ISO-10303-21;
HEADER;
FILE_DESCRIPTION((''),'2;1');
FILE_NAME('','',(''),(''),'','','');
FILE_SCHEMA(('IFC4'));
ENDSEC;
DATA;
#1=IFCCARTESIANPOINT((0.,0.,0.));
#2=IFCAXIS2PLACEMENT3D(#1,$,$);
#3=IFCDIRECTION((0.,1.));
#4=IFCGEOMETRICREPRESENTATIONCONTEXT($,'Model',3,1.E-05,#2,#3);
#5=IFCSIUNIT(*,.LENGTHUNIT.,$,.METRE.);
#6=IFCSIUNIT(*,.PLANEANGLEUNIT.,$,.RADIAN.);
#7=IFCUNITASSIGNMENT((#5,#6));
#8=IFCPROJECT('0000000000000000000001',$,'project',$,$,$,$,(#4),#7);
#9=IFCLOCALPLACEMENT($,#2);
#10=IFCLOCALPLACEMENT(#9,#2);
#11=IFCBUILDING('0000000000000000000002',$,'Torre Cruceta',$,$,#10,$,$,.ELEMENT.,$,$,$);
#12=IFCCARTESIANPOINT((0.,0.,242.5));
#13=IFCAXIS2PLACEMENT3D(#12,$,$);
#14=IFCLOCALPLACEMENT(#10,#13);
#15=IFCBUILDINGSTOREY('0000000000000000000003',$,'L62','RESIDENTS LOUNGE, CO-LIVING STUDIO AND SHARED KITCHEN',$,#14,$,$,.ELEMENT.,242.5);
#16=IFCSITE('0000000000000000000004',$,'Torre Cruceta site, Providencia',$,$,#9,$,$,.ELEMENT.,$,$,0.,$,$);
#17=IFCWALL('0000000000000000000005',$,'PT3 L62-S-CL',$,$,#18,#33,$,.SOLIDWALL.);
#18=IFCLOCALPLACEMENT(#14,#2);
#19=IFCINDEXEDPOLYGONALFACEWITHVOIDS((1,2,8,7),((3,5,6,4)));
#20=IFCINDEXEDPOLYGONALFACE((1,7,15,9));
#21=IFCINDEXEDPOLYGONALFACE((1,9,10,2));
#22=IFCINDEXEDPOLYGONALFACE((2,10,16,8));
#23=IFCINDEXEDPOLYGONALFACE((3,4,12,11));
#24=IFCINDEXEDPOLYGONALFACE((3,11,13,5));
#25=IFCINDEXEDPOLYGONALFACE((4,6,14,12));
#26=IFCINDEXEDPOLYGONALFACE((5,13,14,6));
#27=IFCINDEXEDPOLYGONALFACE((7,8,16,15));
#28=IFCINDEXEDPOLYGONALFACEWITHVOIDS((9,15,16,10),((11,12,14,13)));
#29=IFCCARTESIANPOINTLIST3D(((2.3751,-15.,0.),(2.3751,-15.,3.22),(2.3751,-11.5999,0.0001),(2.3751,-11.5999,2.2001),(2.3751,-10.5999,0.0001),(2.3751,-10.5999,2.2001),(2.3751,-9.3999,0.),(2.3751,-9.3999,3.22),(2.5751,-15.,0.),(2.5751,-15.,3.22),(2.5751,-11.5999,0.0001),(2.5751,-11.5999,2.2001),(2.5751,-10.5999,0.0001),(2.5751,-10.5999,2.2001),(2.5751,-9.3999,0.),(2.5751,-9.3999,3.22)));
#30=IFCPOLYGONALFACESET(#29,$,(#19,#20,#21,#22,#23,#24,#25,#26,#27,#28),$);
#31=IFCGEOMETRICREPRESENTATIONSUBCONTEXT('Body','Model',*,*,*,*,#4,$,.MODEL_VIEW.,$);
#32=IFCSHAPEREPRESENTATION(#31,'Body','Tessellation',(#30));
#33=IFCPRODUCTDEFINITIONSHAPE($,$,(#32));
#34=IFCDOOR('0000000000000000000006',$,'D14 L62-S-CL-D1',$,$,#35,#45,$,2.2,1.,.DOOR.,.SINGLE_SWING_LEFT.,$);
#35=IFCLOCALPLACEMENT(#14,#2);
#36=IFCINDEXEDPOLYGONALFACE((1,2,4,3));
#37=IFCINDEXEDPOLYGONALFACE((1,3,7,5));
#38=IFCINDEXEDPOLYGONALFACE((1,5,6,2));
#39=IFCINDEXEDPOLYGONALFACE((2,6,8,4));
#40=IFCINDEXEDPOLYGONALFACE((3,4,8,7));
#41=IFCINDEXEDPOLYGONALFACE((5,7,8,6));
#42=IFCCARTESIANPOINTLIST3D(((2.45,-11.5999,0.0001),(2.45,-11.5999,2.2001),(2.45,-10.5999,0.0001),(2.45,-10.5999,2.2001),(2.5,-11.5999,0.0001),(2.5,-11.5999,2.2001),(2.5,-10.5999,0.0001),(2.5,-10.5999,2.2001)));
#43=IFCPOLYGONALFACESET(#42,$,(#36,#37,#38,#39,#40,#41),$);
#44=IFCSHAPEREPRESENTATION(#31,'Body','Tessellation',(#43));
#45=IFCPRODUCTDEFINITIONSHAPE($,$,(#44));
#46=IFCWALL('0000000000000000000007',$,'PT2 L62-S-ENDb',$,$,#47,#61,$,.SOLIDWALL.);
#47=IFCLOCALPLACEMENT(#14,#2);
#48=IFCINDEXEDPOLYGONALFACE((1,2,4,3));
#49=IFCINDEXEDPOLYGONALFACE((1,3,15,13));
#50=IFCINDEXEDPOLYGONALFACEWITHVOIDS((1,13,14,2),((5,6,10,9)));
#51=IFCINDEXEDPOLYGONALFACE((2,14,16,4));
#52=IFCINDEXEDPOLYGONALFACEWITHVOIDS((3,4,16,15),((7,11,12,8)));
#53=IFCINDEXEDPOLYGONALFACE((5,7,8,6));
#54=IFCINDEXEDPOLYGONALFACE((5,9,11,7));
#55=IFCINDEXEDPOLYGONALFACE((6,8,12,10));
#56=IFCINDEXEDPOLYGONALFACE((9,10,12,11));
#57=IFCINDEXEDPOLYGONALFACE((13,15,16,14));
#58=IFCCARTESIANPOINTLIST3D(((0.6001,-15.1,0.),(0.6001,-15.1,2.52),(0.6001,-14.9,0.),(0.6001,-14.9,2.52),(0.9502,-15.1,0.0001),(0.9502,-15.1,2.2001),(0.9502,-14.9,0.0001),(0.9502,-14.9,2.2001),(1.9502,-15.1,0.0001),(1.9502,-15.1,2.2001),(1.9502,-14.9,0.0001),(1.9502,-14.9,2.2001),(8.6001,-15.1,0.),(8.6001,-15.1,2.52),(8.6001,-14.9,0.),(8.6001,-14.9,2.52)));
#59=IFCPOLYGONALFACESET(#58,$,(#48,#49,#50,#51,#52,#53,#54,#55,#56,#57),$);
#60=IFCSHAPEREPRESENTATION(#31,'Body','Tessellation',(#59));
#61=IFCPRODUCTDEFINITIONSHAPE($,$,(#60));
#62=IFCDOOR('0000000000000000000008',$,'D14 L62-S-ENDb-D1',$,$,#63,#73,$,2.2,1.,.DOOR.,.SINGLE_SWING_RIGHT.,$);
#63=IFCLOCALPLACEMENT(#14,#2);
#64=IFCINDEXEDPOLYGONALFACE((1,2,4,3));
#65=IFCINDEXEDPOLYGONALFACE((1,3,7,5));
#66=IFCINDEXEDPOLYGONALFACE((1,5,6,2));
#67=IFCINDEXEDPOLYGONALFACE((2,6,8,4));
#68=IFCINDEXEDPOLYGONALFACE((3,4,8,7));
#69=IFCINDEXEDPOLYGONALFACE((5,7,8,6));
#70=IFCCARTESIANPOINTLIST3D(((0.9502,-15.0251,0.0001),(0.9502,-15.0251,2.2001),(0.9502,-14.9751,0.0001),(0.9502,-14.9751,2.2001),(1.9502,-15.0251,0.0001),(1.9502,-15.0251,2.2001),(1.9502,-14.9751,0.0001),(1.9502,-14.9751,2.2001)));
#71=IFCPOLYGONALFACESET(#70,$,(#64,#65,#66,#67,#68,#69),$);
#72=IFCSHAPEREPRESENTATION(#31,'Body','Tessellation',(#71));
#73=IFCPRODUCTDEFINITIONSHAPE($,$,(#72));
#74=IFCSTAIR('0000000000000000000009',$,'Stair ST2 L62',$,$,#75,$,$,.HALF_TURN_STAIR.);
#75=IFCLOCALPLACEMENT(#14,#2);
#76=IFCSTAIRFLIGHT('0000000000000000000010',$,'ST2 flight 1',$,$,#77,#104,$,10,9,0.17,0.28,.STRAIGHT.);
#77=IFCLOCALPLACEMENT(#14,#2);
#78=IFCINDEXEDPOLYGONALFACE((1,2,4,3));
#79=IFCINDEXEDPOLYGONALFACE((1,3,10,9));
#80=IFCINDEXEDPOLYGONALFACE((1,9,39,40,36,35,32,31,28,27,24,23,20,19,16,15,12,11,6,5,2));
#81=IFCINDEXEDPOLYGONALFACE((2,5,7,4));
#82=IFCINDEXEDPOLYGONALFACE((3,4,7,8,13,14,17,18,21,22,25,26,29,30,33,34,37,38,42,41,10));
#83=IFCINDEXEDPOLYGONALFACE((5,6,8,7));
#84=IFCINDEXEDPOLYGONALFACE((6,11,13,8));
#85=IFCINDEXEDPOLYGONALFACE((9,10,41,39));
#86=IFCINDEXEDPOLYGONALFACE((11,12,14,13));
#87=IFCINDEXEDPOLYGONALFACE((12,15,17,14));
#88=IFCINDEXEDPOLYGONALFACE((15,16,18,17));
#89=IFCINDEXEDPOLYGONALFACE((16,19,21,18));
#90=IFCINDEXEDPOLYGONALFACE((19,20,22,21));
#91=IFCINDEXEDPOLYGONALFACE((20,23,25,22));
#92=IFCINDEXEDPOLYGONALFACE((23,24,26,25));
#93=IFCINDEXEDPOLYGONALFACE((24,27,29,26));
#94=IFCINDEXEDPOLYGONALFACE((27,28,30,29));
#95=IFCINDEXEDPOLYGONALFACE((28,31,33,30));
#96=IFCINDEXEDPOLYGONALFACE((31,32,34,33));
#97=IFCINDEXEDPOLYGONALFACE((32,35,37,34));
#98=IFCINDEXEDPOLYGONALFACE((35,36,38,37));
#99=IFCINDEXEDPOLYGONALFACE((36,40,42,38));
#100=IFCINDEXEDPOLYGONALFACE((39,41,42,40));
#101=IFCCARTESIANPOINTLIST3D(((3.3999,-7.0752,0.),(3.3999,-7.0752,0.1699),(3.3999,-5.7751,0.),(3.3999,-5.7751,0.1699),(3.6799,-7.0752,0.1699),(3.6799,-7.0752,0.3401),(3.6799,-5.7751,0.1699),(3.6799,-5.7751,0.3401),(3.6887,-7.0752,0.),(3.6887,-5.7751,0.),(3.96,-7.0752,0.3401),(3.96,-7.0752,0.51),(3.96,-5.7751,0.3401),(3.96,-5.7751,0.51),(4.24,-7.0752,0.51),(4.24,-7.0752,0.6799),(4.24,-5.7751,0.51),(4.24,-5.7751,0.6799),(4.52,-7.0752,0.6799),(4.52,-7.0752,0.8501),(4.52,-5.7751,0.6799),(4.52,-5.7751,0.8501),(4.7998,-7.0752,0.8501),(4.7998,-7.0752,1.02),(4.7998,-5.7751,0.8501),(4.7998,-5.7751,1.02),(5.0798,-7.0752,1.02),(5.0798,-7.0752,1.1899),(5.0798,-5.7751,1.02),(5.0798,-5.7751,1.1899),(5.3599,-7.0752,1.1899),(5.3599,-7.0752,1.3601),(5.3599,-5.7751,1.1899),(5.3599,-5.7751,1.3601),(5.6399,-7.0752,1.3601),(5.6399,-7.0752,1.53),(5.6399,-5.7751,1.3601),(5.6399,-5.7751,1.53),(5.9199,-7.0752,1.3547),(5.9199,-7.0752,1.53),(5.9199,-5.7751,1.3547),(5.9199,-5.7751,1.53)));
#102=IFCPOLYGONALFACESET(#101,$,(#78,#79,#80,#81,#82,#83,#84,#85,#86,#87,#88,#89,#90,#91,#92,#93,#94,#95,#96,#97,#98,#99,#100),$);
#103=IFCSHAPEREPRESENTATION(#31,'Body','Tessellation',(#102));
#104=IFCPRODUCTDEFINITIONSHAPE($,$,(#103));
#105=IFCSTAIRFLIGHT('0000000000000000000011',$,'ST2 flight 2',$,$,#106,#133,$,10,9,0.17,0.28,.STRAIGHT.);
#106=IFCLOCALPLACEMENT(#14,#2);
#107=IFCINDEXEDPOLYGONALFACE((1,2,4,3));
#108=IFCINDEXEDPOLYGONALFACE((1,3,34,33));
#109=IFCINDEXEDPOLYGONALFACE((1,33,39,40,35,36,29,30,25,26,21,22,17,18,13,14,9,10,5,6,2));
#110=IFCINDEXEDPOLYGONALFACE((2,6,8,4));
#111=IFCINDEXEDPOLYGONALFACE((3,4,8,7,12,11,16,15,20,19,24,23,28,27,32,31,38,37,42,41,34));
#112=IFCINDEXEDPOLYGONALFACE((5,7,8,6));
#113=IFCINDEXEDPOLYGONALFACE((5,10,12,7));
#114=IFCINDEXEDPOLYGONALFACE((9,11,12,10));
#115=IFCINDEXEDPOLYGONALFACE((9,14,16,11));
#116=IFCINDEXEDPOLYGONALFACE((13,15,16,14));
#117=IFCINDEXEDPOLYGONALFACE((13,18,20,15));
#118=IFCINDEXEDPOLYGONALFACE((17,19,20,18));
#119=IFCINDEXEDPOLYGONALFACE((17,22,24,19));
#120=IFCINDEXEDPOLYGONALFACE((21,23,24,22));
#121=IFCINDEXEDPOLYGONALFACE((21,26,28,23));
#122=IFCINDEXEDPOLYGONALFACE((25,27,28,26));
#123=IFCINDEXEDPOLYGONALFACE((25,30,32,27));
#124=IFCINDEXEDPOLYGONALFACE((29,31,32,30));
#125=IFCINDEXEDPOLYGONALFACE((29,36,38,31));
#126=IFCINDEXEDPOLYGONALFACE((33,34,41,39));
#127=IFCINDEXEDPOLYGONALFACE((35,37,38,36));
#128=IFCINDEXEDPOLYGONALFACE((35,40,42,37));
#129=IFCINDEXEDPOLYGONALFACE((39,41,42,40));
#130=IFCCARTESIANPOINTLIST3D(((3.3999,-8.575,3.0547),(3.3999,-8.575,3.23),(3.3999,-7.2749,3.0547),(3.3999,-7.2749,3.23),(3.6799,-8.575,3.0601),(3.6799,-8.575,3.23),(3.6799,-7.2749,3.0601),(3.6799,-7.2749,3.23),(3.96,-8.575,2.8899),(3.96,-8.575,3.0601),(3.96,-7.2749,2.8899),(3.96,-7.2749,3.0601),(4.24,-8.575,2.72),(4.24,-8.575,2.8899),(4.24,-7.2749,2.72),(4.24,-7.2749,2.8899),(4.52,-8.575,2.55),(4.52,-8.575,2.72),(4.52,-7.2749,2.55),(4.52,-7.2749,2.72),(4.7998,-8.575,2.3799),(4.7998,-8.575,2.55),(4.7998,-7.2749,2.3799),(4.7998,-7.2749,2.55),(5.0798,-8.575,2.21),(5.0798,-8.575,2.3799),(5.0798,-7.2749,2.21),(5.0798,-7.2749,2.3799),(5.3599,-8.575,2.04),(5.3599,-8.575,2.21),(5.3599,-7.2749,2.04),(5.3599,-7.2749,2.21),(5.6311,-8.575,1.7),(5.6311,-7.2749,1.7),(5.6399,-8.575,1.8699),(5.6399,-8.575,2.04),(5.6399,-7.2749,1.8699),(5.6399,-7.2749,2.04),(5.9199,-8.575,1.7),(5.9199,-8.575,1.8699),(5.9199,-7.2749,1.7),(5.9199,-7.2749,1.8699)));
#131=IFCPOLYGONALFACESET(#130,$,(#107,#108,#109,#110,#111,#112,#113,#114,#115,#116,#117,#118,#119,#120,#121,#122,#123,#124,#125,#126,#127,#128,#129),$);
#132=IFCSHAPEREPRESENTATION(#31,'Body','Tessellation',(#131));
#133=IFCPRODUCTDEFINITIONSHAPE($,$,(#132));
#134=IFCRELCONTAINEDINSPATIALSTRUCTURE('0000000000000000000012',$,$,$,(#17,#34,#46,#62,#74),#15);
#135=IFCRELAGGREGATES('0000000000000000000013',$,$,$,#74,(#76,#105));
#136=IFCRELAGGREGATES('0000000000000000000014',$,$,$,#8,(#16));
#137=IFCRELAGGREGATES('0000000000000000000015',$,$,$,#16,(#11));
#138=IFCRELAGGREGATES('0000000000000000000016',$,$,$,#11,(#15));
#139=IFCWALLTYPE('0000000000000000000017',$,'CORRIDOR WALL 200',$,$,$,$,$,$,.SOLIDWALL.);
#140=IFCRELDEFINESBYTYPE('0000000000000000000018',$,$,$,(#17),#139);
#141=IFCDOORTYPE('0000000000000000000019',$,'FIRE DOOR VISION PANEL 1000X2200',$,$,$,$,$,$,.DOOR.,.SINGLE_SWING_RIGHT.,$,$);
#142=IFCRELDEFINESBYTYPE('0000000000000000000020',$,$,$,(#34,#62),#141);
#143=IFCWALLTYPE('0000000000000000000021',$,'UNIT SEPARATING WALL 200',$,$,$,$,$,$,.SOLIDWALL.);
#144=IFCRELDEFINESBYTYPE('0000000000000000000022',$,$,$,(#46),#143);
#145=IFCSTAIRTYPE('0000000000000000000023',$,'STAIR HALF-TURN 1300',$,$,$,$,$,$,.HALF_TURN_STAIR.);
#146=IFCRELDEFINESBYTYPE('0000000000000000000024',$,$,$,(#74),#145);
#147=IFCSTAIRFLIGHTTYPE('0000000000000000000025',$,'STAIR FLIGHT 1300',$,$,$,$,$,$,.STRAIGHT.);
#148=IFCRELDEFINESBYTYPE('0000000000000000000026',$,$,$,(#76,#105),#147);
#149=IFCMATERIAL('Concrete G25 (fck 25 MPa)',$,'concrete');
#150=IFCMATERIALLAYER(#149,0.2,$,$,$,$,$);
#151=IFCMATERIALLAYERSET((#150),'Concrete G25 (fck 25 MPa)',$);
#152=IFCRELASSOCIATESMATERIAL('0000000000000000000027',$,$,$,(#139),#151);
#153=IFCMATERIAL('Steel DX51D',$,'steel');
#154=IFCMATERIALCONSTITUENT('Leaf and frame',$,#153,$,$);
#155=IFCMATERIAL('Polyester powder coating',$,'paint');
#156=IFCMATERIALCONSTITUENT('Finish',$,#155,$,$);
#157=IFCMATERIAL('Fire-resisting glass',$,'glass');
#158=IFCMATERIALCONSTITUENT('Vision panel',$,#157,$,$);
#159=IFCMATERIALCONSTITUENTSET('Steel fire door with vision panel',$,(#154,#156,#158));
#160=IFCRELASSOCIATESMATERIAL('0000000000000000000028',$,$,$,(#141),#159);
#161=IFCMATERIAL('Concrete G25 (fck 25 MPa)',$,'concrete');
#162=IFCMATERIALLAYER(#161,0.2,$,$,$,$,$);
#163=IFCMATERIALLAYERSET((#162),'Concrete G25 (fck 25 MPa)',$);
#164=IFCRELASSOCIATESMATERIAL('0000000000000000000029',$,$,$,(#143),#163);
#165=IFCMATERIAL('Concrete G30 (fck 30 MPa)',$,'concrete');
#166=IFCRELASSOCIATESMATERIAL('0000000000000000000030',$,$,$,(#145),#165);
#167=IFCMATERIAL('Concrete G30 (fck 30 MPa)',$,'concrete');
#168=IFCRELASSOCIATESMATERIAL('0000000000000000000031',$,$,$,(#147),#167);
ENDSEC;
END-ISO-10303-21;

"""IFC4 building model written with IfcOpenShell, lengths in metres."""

from ifc_helpers import new_model, si_unit, direction, frame, frame_2d, origin, place, context, subcontext, project, spatial, polyline, rectangle, outline, extrude, material, layer, layer_set, constituent, constituent_set, type_object, element, fill, aggregate, save


model = new_model("IFC4")

# Units and contexts
model_context = context("Model", 3, precision=1e-05, world=origin(), true_north=direction((0.0, 1.0)))
body_context = subcontext(model_context, "Body", "Model", "MODEL_VIEW")
ifc_project = project(units=[si_unit("LENGTHUNIT", "METRE"), si_unit("PLANEANGLEUNIT", "RADIAN")], contexts=[model_context])

# Site, building, storey
site_placement = place(None, origin())
site = spatial("IfcSite", under=ifc_project, at=site_placement, Name="Torre Cruceta site, Providencia", CompositionType="ELEMENT", RefElevation=0.0)
building_placement = place(site_placement, origin())
building = spatial("IfcBuilding", under=site, at=building_placement, Name="Torre Cruceta", CompositionType="ELEMENT")
storey_placement = place(building_placement, frame((0.0, 0.0, 242.5)))
storey = spatial("IfcBuildingStorey", under=building, at=storey_placement, Name="L62", Description="RESIDENTS LOUNGE, CO-LIVING STUDIO AND SHARED KITCHEN", CompositionType="ELEMENT", Elevation=242.5)

# Wall, opening, door
ifc_material_1 = material(Name="Concrete G25 (fck 25 MPa)", Category="concrete")
ifc_layer_1 = layer(ifc_material_1, 0.2)
ifc_layer_set_1 = layer_set([ifc_layer_1], Name="Concrete G25 (fck 25 MPa)")
wall_type_1 = type_object("IfcWallType", Name="CORRIDOR WALL 200", PredefinedType="SOLIDWALL", material=ifc_layer_set_1)
wall_1_placement = place(storey_placement, frame((2.4751, -9.3999, 0.0), z_axis=(0.0, 0.0, 1.0), x_axis=(0.0, -1.0, 0.0)))
wall_1 = element("IfcWall", 1, at=wall_1_placement, inside=storey, type_object=wall_type_1, Name="PT3 L62-S-CL", PredefinedType="SOLIDWALL", context=body_context, shape_type="SweptSolid", body=[
    extrude(rectangle(XDim=5.6001, YDim=0.2, at=frame_2d((2.8, 0.0))), origin(), (0.0, 0.0, 1.0), 3.22),
])
opening_1_placement = place(wall_1_placement, frame((1.2, 0.0, 0.0)))
opening_1 = element("IfcOpeningElement", 2, at=opening_1_placement, cuts=wall_1, PredefinedType="OPENING", context=body_context, shape_type="SweptSolid", body=[
    extrude(rectangle(XDim=1.0, YDim=2.2, at=frame_2d((0.5, 1.1001))), frame((0.0, 0.1099, 0.0), z_axis=(0.0, -1.0, 0.0), x_axis=(1.0, 0.0, 0.0)), (0.0, 0.0, 1.0), 0.22),
])
ifc_material_2 = material(Name="Steel DX51D", Category="steel")
ifc_constituent_1 = constituent(ifc_material_2, Name="Leaf and frame")
ifc_material_3 = material(Name="Polyester powder coating", Category="paint")
ifc_constituent_2 = constituent(ifc_material_3, Name="Finish")
ifc_material_4 = material(Name="Fire-resisting glass", Category="glass")
ifc_constituent_3 = constituent(ifc_material_4, Name="Vision panel")
ifc_constituent_set = constituent_set(constituents=[ifc_constituent_1, ifc_constituent_2, ifc_constituent_3], Name="Steel fire door with vision panel")
door_type_1 = type_object("IfcDoorType", Name="FIRE DOOR VISION PANEL 1000X2200", OperationType="SINGLE_SWING_RIGHT", PredefinedType="DOOR", material=ifc_constituent_set)
door_1_placement = place(opening_1_placement, origin())
door_1 = element("IfcDoor", 3, at=door_1_placement, inside=storey, type_object=door_type_1, Name="D14 L62-S-CL-D1", OperationType="SINGLE_SWING_LEFT", OverallHeight=2.2, OverallWidth=1.0, PredefinedType="DOOR", context=body_context, shape_type="SweptSolid", body=[
    extrude(rectangle(XDim=1.0, YDim=2.2, at=frame_2d((0.5, 1.1001))), frame((0.0, 0.0249, 0.0), z_axis=(0.0, -1.0, 0.0), x_axis=(1.0, 0.0, 0.0)), (0.0, 0.0, 1.0), 0.05),
])
fill(opening_1, door_1)

# Wall, opening, door
ifc_material_5 = material(Name="Concrete G25 (fck 25 MPa)", Category="concrete")
ifc_layer_2 = layer(ifc_material_5, 0.2)
ifc_layer_set_2 = layer_set([ifc_layer_2], Name="Concrete G25 (fck 25 MPa)")
wall_type_2 = type_object("IfcWallType", Name="UNIT SEPARATING WALL 200", PredefinedType="SOLIDWALL", material=ifc_layer_set_2)
wall_2_placement = place(storey_placement, frame((0.6001, -15.0, 0.0), z_axis=(0.0, 0.0, 1.0), x_axis=(1.0, 0.0, 0.0)))
wall_2 = element("IfcWall", 4, at=wall_2_placement, inside=storey, type_object=wall_type_2, Name="PT2 L62-S-ENDb", PredefinedType="SOLIDWALL", context=body_context, shape_type="SweptSolid", body=[
    extrude(rectangle(XDim=8.0, YDim=0.2, at=frame_2d((4.0, 0.0))), origin(), (0.0, 0.0, 1.0), 2.52),
])
opening_2_placement = place(wall_2_placement, frame((0.3501, 0.0, 0.0)))
opening_2 = element("IfcOpeningElement", 5, at=opening_2_placement, cuts=wall_2, PredefinedType="OPENING", context=body_context, shape_type="SweptSolid", body=[
    extrude(rectangle(XDim=1.0, YDim=2.2, at=frame_2d((0.5, 1.1001))), frame((0.0, 0.1099, 0.0), z_axis=(0.0, -1.0, 0.0), x_axis=(1.0, 0.0, 0.0)), (0.0, 0.0, 1.0), 0.22),
])
door_2_placement = place(opening_2_placement, frame((1.0, 0.0, 0.0), z_axis=(0.0, 0.0, 1.0), x_axis=(-1.0, 0.0, 0.0)))
door_2 = element("IfcDoor", 6, at=door_2_placement, inside=storey, type_object=door_type_1, Name="D14 L62-S-ENDb-D1", OperationType="SINGLE_SWING_RIGHT", OverallHeight=2.2, OverallWidth=1.0, PredefinedType="DOOR", context=body_context, shape_type="SweptSolid", body=[
    extrude(rectangle(XDim=1.0, YDim=2.2, at=frame_2d((0.5, 1.1001))), frame((0.0, 0.0251, 0.0), z_axis=(0.0, -1.0, 0.0), x_axis=(1.0, 0.0, 0.0)), (0.0, 0.0, 1.0), 0.05),
])
fill(opening_2, door_2)

# Stair, stair flights
ifc_material_6 = material(Name="Concrete G30 (fck 30 MPa)", Category="concrete")
stair_type = type_object("IfcStairType", Name="STAIR HALF-TURN 1300", PredefinedType="HALF_TURN_STAIR", material=ifc_material_6)
stair_placement = place(storey_placement, origin())
stair = element("IfcStair", 7, at=stair_placement, inside=storey, type_object=stair_type, Name="Stair ST2 L62", PredefinedType="HALF_TURN_STAIR")
ifc_material_7 = material(Name="Concrete G30 (fck 30 MPa)", Category="concrete")
stair_flight_type = type_object("IfcStairFlightType", Name="STAIR FLIGHT 1300", PredefinedType="STRAIGHT", material=ifc_material_7)
stair_flight_1_placement = place(storey_placement, frame((3.3999, -6.425, 0.0), z_axis=(0.0, 0.0, 1.0), x_axis=(1.0, 0.0, 0.0)))
stair_flight_1 = element("IfcStairFlight", 8, at=stair_flight_1_placement, type_object=stair_flight_type, Name="ST2 flight 1", NumberOfRisers=10, NumberOfTreads=9, PredefinedType="STRAIGHT", RiserHeight=0.17, TreadLength=0.28, context=body_context, shape_type="SweptSolid", body=[
    extrude(outline(polyline([(0.0, 0.0), (0.0, 0.1699), (0.28, 0.1699), (0.28, 0.3401), (0.5601, 0.3401), (0.5601, 0.51), (0.8401, 0.51), (0.8401, 0.6799), (1.1201, 0.6799), (1.1201, 0.8501), (1.3999, 0.8501), (1.3999, 1.02), (1.6799, 1.02), (1.6799, 1.1899), (1.96, 1.1899), (1.96, 1.3601), (2.24, 1.3601), (2.24, 1.53), (2.52, 1.53), (2.52, 1.7), (2.52, 1.3547), (0.2888, 0.0), (0.0, 0.0)])), frame((0.0, 0.6499, 0.0), z_axis=(0.0, -1.0, 0.0), x_axis=(1.0, 0.0, 0.0)), (0.0, 0.0, 1.0), 1.3),
])
stair_flight_2_placement = place(storey_placement, frame((5.9199, -7.925, 1.7), z_axis=(0.0, 0.0, 1.0), x_axis=(-1.0, 0.0, 0.0)))
stair_flight_2 = element("IfcStairFlight", 9, at=stair_flight_2_placement, type_object=stair_flight_type, Name="ST2 flight 2", NumberOfRisers=10, NumberOfTreads=9, PredefinedType="STRAIGHT", RiserHeight=0.17, TreadLength=0.28, context=body_context, shape_type="SweptSolid", body=[
    extrude(outline(polyline([(0.0, 0.0), (0.0, 0.1699), (0.28, 0.1699), (0.28, 0.3401), (0.5601, 0.3401), (0.5601, 0.51), (0.8401, 0.51), (0.8401, 0.6799), (1.1201, 0.6799), (1.1201, 0.8501), (1.3999, 0.8501), (1.3999, 1.02), (1.6799, 1.02), (1.6799, 1.1899), (1.96, 1.1899), (1.96, 1.3601), (2.24, 1.3601), (2.24, 1.53), (2.52, 1.53), (2.52, 1.7), (2.52, 1.3547), (0.2888, 0.0), (0.0, 0.0)])), frame((0.0, 0.6499, 0.0), z_axis=(0.0, -1.0, 0.0), x_axis=(1.0, 0.0, 0.0)), (0.0, 0.0, 1.0), 1.3),
])
aggregate(stair, [stair_flight_1, stair_flight_2])

save(model, "model.ifc")
